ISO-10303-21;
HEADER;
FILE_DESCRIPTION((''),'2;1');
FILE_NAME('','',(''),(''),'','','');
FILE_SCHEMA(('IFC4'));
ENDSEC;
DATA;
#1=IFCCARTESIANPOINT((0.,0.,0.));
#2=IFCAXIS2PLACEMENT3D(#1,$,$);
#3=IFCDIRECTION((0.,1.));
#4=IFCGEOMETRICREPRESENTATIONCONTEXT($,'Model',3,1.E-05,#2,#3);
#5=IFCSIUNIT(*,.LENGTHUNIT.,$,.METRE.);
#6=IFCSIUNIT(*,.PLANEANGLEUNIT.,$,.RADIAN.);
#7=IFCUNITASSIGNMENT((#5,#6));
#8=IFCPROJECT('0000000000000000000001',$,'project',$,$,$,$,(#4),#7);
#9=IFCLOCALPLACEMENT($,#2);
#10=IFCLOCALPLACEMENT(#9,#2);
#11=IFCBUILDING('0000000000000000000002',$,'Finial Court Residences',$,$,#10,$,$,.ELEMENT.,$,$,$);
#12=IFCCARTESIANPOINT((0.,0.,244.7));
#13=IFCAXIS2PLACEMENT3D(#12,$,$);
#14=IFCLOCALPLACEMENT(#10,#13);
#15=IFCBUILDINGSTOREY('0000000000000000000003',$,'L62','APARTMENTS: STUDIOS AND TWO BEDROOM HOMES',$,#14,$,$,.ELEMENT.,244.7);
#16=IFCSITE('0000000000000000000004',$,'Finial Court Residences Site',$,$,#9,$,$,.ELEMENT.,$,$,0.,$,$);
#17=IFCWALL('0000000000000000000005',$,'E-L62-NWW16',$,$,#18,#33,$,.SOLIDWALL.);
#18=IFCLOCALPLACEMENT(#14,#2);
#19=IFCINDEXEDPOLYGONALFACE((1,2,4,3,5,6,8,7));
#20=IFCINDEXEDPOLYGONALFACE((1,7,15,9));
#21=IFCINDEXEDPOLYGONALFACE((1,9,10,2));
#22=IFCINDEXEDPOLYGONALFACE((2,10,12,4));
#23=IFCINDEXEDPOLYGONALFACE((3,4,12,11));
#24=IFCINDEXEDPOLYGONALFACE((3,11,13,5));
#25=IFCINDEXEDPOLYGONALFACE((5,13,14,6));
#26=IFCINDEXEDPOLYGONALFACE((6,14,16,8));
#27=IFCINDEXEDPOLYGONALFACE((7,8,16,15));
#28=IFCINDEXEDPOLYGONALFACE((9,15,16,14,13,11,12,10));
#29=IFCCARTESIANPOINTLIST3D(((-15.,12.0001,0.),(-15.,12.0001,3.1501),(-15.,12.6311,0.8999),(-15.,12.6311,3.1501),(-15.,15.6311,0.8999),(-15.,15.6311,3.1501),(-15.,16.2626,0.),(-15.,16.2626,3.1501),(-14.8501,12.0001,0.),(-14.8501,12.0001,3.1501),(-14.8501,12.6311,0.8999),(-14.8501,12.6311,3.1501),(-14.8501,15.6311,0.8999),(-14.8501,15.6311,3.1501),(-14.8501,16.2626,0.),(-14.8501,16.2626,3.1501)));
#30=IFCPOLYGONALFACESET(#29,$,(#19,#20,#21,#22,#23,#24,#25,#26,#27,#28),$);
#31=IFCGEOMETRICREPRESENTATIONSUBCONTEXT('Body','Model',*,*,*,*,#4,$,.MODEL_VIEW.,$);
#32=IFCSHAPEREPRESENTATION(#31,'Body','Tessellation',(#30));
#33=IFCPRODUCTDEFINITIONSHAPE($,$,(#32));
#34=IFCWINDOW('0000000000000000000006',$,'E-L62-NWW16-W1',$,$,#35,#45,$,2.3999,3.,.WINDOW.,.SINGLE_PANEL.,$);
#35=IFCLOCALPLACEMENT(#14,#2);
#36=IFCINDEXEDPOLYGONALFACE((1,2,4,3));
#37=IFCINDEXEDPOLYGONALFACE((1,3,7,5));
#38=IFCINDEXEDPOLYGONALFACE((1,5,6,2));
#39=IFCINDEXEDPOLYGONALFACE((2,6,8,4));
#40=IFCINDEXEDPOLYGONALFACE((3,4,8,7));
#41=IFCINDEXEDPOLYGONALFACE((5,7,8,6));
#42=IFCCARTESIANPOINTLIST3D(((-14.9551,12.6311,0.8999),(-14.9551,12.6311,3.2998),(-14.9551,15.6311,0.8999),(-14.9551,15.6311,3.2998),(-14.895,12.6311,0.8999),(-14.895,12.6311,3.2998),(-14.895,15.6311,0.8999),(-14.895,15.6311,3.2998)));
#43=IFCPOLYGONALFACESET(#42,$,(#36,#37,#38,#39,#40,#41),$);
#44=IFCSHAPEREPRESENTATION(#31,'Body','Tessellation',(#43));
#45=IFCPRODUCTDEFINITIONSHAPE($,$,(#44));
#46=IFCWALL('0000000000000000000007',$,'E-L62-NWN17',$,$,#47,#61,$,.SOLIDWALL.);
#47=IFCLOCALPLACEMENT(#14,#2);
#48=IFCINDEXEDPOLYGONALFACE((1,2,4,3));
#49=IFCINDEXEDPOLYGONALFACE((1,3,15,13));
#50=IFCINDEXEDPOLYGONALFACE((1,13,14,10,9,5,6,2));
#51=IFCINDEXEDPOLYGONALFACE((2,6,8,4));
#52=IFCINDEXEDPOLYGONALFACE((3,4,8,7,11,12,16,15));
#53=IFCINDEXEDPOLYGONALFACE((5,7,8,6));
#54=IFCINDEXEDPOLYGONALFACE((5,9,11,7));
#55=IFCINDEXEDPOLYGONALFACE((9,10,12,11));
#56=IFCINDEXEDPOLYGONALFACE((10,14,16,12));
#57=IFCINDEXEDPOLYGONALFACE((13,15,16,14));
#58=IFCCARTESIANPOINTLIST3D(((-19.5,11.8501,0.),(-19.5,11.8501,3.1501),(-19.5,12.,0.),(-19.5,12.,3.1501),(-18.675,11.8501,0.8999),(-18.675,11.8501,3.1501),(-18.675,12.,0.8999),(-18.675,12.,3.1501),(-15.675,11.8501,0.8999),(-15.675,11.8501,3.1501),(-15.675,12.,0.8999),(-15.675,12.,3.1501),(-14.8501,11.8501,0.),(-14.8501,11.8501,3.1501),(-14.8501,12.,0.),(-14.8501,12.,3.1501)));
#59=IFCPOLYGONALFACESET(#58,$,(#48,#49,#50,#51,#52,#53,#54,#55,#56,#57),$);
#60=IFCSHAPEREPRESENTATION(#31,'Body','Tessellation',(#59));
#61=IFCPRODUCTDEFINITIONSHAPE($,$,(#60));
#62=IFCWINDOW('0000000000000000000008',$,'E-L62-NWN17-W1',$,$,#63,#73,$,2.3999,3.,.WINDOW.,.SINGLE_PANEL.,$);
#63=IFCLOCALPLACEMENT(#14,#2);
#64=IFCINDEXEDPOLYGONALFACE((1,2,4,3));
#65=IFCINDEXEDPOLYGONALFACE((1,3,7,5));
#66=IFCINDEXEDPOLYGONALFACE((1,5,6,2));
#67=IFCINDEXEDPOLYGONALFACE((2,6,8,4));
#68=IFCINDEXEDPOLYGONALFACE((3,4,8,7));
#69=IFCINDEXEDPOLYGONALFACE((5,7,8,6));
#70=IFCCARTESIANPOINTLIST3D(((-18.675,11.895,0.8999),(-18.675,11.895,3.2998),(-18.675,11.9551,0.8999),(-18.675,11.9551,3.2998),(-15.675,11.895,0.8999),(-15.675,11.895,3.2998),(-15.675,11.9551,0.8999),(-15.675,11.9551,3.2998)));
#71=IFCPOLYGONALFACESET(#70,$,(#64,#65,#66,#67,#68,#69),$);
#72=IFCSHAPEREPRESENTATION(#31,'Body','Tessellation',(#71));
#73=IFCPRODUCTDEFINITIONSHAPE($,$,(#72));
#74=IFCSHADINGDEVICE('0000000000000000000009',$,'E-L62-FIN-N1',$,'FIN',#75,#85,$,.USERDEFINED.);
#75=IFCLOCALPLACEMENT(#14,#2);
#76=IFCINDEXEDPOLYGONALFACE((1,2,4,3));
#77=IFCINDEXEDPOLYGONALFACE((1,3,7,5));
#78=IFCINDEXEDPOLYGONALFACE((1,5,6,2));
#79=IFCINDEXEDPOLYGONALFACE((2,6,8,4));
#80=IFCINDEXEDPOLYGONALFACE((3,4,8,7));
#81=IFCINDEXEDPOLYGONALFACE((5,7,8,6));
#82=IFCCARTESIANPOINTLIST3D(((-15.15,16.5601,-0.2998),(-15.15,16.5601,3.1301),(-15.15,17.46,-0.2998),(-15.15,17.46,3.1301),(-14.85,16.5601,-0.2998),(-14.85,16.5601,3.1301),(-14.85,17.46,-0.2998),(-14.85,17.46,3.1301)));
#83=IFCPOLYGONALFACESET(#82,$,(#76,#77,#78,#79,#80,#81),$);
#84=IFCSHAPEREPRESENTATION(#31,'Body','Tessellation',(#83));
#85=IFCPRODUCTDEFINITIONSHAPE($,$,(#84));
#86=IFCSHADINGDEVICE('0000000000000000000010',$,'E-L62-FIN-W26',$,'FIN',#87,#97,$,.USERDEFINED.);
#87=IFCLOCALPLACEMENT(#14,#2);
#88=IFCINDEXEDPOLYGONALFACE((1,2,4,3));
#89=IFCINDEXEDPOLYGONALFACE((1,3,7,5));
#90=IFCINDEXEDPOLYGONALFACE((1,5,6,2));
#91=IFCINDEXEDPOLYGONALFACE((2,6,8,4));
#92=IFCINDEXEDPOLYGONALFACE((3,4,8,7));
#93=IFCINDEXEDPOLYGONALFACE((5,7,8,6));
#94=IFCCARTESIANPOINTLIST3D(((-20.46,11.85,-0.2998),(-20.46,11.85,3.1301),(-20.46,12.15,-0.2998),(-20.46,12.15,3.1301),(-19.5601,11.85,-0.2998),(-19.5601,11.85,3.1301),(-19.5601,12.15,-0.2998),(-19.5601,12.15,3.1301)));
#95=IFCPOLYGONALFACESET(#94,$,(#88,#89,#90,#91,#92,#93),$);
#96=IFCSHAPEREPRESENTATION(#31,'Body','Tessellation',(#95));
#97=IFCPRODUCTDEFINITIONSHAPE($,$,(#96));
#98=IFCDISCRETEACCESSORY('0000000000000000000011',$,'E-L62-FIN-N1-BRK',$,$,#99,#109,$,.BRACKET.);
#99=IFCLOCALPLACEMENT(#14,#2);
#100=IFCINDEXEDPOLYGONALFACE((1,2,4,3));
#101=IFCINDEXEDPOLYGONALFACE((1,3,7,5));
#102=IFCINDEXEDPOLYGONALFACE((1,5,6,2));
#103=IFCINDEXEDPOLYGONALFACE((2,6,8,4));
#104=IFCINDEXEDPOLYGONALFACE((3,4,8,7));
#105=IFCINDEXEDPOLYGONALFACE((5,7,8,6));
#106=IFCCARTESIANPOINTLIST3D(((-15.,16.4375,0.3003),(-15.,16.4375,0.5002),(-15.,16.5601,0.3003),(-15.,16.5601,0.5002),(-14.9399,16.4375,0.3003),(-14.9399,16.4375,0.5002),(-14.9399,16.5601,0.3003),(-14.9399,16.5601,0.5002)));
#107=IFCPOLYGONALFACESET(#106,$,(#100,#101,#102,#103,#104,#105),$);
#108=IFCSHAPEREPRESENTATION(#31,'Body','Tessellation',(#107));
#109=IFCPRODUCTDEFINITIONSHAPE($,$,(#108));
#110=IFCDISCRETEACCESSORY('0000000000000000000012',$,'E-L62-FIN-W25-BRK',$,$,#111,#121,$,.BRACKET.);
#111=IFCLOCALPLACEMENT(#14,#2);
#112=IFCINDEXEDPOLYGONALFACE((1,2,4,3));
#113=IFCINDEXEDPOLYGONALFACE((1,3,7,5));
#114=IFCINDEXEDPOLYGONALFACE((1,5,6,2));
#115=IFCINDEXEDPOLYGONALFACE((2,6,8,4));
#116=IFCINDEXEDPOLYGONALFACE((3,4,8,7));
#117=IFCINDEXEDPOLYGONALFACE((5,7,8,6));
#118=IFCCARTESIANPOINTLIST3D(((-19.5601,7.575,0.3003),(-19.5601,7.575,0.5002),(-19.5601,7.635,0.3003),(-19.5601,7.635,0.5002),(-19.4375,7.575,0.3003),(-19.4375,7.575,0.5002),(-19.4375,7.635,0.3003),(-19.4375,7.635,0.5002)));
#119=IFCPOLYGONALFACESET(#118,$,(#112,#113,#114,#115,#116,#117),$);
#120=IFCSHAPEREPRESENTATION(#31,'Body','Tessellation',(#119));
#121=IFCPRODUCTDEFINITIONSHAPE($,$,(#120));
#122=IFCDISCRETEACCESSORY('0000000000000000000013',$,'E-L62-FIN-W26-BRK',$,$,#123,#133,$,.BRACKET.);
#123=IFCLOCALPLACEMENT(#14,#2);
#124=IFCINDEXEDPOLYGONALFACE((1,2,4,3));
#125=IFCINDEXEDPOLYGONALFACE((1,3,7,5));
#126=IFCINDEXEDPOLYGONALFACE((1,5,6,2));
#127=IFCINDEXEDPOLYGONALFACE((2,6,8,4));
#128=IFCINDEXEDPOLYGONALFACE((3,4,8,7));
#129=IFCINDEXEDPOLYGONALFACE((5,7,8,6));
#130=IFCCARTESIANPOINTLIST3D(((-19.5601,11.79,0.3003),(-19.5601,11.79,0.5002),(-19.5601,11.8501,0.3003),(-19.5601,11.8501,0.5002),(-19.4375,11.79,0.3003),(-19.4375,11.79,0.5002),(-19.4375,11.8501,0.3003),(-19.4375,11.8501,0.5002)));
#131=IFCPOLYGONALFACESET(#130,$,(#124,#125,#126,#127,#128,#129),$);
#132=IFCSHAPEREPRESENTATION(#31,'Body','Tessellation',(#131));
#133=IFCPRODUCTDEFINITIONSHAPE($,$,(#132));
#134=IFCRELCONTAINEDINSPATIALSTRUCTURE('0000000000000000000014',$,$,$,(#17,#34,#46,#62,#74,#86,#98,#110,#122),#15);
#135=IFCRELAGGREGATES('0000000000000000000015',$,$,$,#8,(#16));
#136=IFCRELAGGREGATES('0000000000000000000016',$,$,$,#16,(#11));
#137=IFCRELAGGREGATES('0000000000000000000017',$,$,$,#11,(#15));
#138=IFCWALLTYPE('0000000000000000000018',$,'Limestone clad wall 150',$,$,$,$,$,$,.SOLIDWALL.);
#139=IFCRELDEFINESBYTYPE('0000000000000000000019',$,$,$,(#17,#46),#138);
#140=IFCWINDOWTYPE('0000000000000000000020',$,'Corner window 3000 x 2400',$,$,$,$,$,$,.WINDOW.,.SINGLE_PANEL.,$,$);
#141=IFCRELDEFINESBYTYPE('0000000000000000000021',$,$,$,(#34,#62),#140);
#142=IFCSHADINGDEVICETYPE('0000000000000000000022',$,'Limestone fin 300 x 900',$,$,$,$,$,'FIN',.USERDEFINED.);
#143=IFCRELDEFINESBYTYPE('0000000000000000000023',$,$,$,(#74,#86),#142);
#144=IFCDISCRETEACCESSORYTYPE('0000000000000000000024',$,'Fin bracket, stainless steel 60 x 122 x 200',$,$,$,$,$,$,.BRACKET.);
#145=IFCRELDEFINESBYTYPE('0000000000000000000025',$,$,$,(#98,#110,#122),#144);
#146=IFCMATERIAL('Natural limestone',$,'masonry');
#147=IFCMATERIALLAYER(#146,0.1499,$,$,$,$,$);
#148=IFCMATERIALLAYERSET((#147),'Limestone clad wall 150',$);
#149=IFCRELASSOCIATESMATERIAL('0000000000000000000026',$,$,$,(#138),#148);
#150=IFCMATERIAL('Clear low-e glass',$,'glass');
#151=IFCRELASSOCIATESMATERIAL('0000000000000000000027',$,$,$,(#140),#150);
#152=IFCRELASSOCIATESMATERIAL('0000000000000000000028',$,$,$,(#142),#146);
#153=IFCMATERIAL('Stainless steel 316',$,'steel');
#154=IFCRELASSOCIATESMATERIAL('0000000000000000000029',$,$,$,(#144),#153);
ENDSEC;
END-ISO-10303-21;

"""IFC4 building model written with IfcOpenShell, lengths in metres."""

from ifc_helpers import new_model, si_unit, direction, frame, frame_2d, origin, origin_2d, place, context, subcontext, project, spatial, rectangle, extrude, material, layer, layer_set, type_object, element, fill, save


model = new_model("IFC4")

# Units and contexts
model_context = context("Model", 3, precision=1e-05, world=origin(), true_north=direction((0.0, 1.0)))
body_context = subcontext(model_context, "Body", "Model", "MODEL_VIEW")
ifc_project = project(units=[si_unit("LENGTHUNIT", "METRE"), si_unit("PLANEANGLEUNIT", "RADIAN")], contexts=[model_context])

# Site, building, storey
site_placement = place(None, origin())
site = spatial("IfcSite", under=ifc_project, at=site_placement, Name="Finial Court Residences Site", CompositionType="ELEMENT", RefElevation=0.0)
building_placement = place(site_placement, origin())
building = spatial("IfcBuilding", under=site, at=building_placement, Name="Finial Court Residences", CompositionType="ELEMENT")
storey_placement = place(building_placement, frame((0.0, 0.0, 244.7)))
storey = spatial("IfcBuildingStorey", under=building, at=storey_placement, Name="L62", Description="APARTMENTS: STUDIOS AND TWO BEDROOM HOMES", CompositionType="ELEMENT", Elevation=244.7)

# Shared definitions
ifc_material_1 = material(Name="Clear low-e glass", Category="glass")

# Walls, openings, windows
ifc_material_2 = material(Name="Natural limestone", Category="masonry")
ifc_layer_1 = layer(ifc_material_2, 0.1499)
ifc_layer_set_1 = layer_set([ifc_layer_1], Name="Limestone clad wall 150")
wall_type_1 = type_object("IfcWallType", Name="Limestone clad wall 150", PredefinedType="SOLIDWALL", material=ifc_layer_set_1)
wall_1_placement = place(storey_placement, frame((-14.925, 12.0, 0.0), z_axis=(0.0, 0.0, 1.0), x_axis=(0.0, 1.0, 0.0)))
wall_1 = element("IfcWall", 1, at=wall_1_placement, inside=storey, type_object=wall_type_1, Name="E-L62-NWW16", PredefinedType="SOLIDWALL", context=body_context, shape_type="SweptSolid", body=[
    extrude(rectangle(XDim=4.2625, YDim=0.1499, at=frame_2d((2.1313, 0.0))), origin(), (0.0, 0.0, 1.0), 3.1501),
])
opening_1_placement = place(wall_1_placement, frame((0.6311, 0.0, 0.8999)))
opening_1 = element("IfcOpeningElement", 2, at=opening_1_placement, cuts=wall_1, PredefinedType="OPENING", context=body_context, shape_type="SweptSolid", body=[
    extrude(rectangle(XDim=3.0, YDim=2.3999, at=frame_2d((1.5, 1.2))), frame((0.0, 0.085, 0.0), z_axis=(0.0, -1.0, 0.0), x_axis=(1.0, 0.0, 0.0)), (0.0, 0.0, 1.0), 0.1699),
])
window_type = type_object("IfcWindowType", Name="Corner window 3000 x 2400", PartitioningType="SINGLE_PANEL", PredefinedType="WINDOW", material=ifc_material_1)
window_1_placement = place(opening_1_placement, origin())
window_1 = element("IfcWindow", 3, at=window_1_placement, inside=storey, type_object=window_type, Name="E-L62-NWW16-W1", OverallHeight=2.3999, OverallWidth=3.0, PartitioningType="SINGLE_PANEL", PredefinedType="WINDOW", context=body_context, shape_type="SweptSolid", body=[
    extrude(rectangle(XDim=3.0, YDim=2.3999, at=frame_2d((1.5, 1.2))), frame((0.0, 0.03, 0.0), z_axis=(0.0, -1.0, 0.0), x_axis=(1.0, 0.0, 0.0)), (0.0, 0.0, 1.0), 0.0601),
])
fill(opening_1, window_1)
wall_2_placement = place(storey_placement, frame((-19.5, 11.925, 0.0), z_axis=(0.0, 0.0, 1.0), x_axis=(1.0, 0.0, 0.0)))
wall_2 = element("IfcWall", 4, at=wall_2_placement, inside=storey, type_object=wall_type_1, Name="E-L62-NWN17", PredefinedType="SOLIDWALL", context=body_context, shape_type="SweptSolid", body=[
    extrude(rectangle(XDim=4.6499, YDim=0.1499, at=frame_2d((2.325, 0.0))), origin(), (0.0, 0.0, 1.0), 3.1501),
])
opening_2_placement = place(wall_2_placement, frame((0.825, 0.0, 0.8999)))
opening_2 = element("IfcOpeningElement", 5, at=opening_2_placement, cuts=wall_2, PredefinedType="OPENING", context=body_context, shape_type="SweptSolid", body=[
    extrude(rectangle(XDim=3.0, YDim=2.3999, at=frame_2d((1.5, 1.2))), frame((0.0, 0.085, 0.0), z_axis=(0.0, -1.0, 0.0), x_axis=(1.0, 0.0, 0.0)), (0.0, 0.0, 1.0), 0.1699),
])
window_2_placement = place(opening_2_placement, origin())
window_2 = element("IfcWindow", 6, at=window_2_placement, inside=storey, type_object=window_type, Name="E-L62-NWN17-W1", OverallHeight=2.3999, OverallWidth=3.0, PartitioningType="SINGLE_PANEL", PredefinedType="WINDOW", context=body_context, shape_type="SweptSolid", body=[
    extrude(rectangle(XDim=3.0, YDim=2.3999, at=frame_2d((1.5, 1.2))), frame((0.0, 0.03, 0.0), z_axis=(0.0, -1.0, 0.0), x_axis=(1.0, 0.0, 0.0)), (0.0, 0.0, 1.0), 0.0601),
])
fill(opening_2, window_2)

# Shading devices
shading_device_type = type_object("IfcShadingDeviceType", Name="Limestone fin 300 x 900", ElementType="FIN", PredefinedType="USERDEFINED", material=ifc_material_2)
shading_device_1_placement = place(storey_placement, frame((-15.0, 17.01, -0.2998), z_axis=(0.0, 0.0, 1.0), x_axis=(1.0, 0.0, 0.0)))
element("IfcShadingDevice", 7, at=shading_device_1_placement, inside=storey, type_object=shading_device_type, Name="E-L62-FIN-N1", ObjectType="FIN", PredefinedType="USERDEFINED", context=body_context, shape_type="SweptSolid", body=[
    extrude(rectangle(XDim=0.3, YDim=0.8999, at=origin_2d()), origin(), (0.0, 0.0, 1.0), 3.4299),
])
shading_device_2_placement = place(storey_placement, frame((-20.01, 12.0, -0.2998), z_axis=(0.0, 0.0, 1.0), x_axis=(1.0, 0.0, 0.0)))
element("IfcShadingDevice", 8, at=shading_device_2_placement, inside=storey, type_object=shading_device_type, Name="E-L62-FIN-W26", ObjectType="FIN", PredefinedType="USERDEFINED", context=body_context, shape_type="SweptSolid", body=[
    extrude(rectangle(XDim=0.8999, YDim=0.3, at=origin_2d()), origin(), (0.0, 0.0, 1.0), 3.4299),
])

# Discrete accessories
ifc_material_3 = material(Name="Stainless steel 316", Category="steel")
discrete_accessory_type = type_object("IfcDiscreteAccessoryType", Name="Fin bracket, stainless steel 60 x 122 x 200", PredefinedType="BRACKET", material=ifc_material_3)
discrete_accessory_placement = place(storey_placement, frame((-14.97, 16.4988, 0.3003), z_axis=(0.0, 0.0, 1.0), x_axis=(1.0, 0.0, 0.0)))
element("IfcDiscreteAccessory", 9, at=discrete_accessory_placement, inside=storey, type_object=discrete_accessory_type, Name="E-L62-FIN-N1-BRK", PredefinedType="BRACKET", context=body_context, shape_type="SweptSolid", body=[
    extrude(rectangle(XDim=0.0601, YDim=0.1226, at=origin_2d()), origin(), (0.0, 0.0, 1.0), 0.2),
])
for number, where, z_axis, x_axis, name in (
    (10, (-19.4988, 7.605, 0.3003), (0.0, 0.0, 1.0), (1.0, 0.0, 0.0), "E-L62-FIN-W25-BRK"),
    (11, (-19.4988, 11.8201, 0.3003), (0.0, 0.0, 1.0), (1.0, 0.0, 0.0), "E-L62-FIN-W26-BRK"),
):
    element("IfcDiscreteAccessory", number, at=place(storey_placement, frame(where, z_axis=z_axis, x_axis=x_axis)), inside=storey, type_object=discrete_accessory_type, Name=name, PredefinedType="BRACKET", context=body_context, shape_type="SweptSolid", body=[
        extrude(rectangle(XDim=0.1226, YDim=0.0601, at=origin_2d()), origin(), (0.0, 0.0, 1.0), 0.2),
    ])

save(model, "model.ifc")
